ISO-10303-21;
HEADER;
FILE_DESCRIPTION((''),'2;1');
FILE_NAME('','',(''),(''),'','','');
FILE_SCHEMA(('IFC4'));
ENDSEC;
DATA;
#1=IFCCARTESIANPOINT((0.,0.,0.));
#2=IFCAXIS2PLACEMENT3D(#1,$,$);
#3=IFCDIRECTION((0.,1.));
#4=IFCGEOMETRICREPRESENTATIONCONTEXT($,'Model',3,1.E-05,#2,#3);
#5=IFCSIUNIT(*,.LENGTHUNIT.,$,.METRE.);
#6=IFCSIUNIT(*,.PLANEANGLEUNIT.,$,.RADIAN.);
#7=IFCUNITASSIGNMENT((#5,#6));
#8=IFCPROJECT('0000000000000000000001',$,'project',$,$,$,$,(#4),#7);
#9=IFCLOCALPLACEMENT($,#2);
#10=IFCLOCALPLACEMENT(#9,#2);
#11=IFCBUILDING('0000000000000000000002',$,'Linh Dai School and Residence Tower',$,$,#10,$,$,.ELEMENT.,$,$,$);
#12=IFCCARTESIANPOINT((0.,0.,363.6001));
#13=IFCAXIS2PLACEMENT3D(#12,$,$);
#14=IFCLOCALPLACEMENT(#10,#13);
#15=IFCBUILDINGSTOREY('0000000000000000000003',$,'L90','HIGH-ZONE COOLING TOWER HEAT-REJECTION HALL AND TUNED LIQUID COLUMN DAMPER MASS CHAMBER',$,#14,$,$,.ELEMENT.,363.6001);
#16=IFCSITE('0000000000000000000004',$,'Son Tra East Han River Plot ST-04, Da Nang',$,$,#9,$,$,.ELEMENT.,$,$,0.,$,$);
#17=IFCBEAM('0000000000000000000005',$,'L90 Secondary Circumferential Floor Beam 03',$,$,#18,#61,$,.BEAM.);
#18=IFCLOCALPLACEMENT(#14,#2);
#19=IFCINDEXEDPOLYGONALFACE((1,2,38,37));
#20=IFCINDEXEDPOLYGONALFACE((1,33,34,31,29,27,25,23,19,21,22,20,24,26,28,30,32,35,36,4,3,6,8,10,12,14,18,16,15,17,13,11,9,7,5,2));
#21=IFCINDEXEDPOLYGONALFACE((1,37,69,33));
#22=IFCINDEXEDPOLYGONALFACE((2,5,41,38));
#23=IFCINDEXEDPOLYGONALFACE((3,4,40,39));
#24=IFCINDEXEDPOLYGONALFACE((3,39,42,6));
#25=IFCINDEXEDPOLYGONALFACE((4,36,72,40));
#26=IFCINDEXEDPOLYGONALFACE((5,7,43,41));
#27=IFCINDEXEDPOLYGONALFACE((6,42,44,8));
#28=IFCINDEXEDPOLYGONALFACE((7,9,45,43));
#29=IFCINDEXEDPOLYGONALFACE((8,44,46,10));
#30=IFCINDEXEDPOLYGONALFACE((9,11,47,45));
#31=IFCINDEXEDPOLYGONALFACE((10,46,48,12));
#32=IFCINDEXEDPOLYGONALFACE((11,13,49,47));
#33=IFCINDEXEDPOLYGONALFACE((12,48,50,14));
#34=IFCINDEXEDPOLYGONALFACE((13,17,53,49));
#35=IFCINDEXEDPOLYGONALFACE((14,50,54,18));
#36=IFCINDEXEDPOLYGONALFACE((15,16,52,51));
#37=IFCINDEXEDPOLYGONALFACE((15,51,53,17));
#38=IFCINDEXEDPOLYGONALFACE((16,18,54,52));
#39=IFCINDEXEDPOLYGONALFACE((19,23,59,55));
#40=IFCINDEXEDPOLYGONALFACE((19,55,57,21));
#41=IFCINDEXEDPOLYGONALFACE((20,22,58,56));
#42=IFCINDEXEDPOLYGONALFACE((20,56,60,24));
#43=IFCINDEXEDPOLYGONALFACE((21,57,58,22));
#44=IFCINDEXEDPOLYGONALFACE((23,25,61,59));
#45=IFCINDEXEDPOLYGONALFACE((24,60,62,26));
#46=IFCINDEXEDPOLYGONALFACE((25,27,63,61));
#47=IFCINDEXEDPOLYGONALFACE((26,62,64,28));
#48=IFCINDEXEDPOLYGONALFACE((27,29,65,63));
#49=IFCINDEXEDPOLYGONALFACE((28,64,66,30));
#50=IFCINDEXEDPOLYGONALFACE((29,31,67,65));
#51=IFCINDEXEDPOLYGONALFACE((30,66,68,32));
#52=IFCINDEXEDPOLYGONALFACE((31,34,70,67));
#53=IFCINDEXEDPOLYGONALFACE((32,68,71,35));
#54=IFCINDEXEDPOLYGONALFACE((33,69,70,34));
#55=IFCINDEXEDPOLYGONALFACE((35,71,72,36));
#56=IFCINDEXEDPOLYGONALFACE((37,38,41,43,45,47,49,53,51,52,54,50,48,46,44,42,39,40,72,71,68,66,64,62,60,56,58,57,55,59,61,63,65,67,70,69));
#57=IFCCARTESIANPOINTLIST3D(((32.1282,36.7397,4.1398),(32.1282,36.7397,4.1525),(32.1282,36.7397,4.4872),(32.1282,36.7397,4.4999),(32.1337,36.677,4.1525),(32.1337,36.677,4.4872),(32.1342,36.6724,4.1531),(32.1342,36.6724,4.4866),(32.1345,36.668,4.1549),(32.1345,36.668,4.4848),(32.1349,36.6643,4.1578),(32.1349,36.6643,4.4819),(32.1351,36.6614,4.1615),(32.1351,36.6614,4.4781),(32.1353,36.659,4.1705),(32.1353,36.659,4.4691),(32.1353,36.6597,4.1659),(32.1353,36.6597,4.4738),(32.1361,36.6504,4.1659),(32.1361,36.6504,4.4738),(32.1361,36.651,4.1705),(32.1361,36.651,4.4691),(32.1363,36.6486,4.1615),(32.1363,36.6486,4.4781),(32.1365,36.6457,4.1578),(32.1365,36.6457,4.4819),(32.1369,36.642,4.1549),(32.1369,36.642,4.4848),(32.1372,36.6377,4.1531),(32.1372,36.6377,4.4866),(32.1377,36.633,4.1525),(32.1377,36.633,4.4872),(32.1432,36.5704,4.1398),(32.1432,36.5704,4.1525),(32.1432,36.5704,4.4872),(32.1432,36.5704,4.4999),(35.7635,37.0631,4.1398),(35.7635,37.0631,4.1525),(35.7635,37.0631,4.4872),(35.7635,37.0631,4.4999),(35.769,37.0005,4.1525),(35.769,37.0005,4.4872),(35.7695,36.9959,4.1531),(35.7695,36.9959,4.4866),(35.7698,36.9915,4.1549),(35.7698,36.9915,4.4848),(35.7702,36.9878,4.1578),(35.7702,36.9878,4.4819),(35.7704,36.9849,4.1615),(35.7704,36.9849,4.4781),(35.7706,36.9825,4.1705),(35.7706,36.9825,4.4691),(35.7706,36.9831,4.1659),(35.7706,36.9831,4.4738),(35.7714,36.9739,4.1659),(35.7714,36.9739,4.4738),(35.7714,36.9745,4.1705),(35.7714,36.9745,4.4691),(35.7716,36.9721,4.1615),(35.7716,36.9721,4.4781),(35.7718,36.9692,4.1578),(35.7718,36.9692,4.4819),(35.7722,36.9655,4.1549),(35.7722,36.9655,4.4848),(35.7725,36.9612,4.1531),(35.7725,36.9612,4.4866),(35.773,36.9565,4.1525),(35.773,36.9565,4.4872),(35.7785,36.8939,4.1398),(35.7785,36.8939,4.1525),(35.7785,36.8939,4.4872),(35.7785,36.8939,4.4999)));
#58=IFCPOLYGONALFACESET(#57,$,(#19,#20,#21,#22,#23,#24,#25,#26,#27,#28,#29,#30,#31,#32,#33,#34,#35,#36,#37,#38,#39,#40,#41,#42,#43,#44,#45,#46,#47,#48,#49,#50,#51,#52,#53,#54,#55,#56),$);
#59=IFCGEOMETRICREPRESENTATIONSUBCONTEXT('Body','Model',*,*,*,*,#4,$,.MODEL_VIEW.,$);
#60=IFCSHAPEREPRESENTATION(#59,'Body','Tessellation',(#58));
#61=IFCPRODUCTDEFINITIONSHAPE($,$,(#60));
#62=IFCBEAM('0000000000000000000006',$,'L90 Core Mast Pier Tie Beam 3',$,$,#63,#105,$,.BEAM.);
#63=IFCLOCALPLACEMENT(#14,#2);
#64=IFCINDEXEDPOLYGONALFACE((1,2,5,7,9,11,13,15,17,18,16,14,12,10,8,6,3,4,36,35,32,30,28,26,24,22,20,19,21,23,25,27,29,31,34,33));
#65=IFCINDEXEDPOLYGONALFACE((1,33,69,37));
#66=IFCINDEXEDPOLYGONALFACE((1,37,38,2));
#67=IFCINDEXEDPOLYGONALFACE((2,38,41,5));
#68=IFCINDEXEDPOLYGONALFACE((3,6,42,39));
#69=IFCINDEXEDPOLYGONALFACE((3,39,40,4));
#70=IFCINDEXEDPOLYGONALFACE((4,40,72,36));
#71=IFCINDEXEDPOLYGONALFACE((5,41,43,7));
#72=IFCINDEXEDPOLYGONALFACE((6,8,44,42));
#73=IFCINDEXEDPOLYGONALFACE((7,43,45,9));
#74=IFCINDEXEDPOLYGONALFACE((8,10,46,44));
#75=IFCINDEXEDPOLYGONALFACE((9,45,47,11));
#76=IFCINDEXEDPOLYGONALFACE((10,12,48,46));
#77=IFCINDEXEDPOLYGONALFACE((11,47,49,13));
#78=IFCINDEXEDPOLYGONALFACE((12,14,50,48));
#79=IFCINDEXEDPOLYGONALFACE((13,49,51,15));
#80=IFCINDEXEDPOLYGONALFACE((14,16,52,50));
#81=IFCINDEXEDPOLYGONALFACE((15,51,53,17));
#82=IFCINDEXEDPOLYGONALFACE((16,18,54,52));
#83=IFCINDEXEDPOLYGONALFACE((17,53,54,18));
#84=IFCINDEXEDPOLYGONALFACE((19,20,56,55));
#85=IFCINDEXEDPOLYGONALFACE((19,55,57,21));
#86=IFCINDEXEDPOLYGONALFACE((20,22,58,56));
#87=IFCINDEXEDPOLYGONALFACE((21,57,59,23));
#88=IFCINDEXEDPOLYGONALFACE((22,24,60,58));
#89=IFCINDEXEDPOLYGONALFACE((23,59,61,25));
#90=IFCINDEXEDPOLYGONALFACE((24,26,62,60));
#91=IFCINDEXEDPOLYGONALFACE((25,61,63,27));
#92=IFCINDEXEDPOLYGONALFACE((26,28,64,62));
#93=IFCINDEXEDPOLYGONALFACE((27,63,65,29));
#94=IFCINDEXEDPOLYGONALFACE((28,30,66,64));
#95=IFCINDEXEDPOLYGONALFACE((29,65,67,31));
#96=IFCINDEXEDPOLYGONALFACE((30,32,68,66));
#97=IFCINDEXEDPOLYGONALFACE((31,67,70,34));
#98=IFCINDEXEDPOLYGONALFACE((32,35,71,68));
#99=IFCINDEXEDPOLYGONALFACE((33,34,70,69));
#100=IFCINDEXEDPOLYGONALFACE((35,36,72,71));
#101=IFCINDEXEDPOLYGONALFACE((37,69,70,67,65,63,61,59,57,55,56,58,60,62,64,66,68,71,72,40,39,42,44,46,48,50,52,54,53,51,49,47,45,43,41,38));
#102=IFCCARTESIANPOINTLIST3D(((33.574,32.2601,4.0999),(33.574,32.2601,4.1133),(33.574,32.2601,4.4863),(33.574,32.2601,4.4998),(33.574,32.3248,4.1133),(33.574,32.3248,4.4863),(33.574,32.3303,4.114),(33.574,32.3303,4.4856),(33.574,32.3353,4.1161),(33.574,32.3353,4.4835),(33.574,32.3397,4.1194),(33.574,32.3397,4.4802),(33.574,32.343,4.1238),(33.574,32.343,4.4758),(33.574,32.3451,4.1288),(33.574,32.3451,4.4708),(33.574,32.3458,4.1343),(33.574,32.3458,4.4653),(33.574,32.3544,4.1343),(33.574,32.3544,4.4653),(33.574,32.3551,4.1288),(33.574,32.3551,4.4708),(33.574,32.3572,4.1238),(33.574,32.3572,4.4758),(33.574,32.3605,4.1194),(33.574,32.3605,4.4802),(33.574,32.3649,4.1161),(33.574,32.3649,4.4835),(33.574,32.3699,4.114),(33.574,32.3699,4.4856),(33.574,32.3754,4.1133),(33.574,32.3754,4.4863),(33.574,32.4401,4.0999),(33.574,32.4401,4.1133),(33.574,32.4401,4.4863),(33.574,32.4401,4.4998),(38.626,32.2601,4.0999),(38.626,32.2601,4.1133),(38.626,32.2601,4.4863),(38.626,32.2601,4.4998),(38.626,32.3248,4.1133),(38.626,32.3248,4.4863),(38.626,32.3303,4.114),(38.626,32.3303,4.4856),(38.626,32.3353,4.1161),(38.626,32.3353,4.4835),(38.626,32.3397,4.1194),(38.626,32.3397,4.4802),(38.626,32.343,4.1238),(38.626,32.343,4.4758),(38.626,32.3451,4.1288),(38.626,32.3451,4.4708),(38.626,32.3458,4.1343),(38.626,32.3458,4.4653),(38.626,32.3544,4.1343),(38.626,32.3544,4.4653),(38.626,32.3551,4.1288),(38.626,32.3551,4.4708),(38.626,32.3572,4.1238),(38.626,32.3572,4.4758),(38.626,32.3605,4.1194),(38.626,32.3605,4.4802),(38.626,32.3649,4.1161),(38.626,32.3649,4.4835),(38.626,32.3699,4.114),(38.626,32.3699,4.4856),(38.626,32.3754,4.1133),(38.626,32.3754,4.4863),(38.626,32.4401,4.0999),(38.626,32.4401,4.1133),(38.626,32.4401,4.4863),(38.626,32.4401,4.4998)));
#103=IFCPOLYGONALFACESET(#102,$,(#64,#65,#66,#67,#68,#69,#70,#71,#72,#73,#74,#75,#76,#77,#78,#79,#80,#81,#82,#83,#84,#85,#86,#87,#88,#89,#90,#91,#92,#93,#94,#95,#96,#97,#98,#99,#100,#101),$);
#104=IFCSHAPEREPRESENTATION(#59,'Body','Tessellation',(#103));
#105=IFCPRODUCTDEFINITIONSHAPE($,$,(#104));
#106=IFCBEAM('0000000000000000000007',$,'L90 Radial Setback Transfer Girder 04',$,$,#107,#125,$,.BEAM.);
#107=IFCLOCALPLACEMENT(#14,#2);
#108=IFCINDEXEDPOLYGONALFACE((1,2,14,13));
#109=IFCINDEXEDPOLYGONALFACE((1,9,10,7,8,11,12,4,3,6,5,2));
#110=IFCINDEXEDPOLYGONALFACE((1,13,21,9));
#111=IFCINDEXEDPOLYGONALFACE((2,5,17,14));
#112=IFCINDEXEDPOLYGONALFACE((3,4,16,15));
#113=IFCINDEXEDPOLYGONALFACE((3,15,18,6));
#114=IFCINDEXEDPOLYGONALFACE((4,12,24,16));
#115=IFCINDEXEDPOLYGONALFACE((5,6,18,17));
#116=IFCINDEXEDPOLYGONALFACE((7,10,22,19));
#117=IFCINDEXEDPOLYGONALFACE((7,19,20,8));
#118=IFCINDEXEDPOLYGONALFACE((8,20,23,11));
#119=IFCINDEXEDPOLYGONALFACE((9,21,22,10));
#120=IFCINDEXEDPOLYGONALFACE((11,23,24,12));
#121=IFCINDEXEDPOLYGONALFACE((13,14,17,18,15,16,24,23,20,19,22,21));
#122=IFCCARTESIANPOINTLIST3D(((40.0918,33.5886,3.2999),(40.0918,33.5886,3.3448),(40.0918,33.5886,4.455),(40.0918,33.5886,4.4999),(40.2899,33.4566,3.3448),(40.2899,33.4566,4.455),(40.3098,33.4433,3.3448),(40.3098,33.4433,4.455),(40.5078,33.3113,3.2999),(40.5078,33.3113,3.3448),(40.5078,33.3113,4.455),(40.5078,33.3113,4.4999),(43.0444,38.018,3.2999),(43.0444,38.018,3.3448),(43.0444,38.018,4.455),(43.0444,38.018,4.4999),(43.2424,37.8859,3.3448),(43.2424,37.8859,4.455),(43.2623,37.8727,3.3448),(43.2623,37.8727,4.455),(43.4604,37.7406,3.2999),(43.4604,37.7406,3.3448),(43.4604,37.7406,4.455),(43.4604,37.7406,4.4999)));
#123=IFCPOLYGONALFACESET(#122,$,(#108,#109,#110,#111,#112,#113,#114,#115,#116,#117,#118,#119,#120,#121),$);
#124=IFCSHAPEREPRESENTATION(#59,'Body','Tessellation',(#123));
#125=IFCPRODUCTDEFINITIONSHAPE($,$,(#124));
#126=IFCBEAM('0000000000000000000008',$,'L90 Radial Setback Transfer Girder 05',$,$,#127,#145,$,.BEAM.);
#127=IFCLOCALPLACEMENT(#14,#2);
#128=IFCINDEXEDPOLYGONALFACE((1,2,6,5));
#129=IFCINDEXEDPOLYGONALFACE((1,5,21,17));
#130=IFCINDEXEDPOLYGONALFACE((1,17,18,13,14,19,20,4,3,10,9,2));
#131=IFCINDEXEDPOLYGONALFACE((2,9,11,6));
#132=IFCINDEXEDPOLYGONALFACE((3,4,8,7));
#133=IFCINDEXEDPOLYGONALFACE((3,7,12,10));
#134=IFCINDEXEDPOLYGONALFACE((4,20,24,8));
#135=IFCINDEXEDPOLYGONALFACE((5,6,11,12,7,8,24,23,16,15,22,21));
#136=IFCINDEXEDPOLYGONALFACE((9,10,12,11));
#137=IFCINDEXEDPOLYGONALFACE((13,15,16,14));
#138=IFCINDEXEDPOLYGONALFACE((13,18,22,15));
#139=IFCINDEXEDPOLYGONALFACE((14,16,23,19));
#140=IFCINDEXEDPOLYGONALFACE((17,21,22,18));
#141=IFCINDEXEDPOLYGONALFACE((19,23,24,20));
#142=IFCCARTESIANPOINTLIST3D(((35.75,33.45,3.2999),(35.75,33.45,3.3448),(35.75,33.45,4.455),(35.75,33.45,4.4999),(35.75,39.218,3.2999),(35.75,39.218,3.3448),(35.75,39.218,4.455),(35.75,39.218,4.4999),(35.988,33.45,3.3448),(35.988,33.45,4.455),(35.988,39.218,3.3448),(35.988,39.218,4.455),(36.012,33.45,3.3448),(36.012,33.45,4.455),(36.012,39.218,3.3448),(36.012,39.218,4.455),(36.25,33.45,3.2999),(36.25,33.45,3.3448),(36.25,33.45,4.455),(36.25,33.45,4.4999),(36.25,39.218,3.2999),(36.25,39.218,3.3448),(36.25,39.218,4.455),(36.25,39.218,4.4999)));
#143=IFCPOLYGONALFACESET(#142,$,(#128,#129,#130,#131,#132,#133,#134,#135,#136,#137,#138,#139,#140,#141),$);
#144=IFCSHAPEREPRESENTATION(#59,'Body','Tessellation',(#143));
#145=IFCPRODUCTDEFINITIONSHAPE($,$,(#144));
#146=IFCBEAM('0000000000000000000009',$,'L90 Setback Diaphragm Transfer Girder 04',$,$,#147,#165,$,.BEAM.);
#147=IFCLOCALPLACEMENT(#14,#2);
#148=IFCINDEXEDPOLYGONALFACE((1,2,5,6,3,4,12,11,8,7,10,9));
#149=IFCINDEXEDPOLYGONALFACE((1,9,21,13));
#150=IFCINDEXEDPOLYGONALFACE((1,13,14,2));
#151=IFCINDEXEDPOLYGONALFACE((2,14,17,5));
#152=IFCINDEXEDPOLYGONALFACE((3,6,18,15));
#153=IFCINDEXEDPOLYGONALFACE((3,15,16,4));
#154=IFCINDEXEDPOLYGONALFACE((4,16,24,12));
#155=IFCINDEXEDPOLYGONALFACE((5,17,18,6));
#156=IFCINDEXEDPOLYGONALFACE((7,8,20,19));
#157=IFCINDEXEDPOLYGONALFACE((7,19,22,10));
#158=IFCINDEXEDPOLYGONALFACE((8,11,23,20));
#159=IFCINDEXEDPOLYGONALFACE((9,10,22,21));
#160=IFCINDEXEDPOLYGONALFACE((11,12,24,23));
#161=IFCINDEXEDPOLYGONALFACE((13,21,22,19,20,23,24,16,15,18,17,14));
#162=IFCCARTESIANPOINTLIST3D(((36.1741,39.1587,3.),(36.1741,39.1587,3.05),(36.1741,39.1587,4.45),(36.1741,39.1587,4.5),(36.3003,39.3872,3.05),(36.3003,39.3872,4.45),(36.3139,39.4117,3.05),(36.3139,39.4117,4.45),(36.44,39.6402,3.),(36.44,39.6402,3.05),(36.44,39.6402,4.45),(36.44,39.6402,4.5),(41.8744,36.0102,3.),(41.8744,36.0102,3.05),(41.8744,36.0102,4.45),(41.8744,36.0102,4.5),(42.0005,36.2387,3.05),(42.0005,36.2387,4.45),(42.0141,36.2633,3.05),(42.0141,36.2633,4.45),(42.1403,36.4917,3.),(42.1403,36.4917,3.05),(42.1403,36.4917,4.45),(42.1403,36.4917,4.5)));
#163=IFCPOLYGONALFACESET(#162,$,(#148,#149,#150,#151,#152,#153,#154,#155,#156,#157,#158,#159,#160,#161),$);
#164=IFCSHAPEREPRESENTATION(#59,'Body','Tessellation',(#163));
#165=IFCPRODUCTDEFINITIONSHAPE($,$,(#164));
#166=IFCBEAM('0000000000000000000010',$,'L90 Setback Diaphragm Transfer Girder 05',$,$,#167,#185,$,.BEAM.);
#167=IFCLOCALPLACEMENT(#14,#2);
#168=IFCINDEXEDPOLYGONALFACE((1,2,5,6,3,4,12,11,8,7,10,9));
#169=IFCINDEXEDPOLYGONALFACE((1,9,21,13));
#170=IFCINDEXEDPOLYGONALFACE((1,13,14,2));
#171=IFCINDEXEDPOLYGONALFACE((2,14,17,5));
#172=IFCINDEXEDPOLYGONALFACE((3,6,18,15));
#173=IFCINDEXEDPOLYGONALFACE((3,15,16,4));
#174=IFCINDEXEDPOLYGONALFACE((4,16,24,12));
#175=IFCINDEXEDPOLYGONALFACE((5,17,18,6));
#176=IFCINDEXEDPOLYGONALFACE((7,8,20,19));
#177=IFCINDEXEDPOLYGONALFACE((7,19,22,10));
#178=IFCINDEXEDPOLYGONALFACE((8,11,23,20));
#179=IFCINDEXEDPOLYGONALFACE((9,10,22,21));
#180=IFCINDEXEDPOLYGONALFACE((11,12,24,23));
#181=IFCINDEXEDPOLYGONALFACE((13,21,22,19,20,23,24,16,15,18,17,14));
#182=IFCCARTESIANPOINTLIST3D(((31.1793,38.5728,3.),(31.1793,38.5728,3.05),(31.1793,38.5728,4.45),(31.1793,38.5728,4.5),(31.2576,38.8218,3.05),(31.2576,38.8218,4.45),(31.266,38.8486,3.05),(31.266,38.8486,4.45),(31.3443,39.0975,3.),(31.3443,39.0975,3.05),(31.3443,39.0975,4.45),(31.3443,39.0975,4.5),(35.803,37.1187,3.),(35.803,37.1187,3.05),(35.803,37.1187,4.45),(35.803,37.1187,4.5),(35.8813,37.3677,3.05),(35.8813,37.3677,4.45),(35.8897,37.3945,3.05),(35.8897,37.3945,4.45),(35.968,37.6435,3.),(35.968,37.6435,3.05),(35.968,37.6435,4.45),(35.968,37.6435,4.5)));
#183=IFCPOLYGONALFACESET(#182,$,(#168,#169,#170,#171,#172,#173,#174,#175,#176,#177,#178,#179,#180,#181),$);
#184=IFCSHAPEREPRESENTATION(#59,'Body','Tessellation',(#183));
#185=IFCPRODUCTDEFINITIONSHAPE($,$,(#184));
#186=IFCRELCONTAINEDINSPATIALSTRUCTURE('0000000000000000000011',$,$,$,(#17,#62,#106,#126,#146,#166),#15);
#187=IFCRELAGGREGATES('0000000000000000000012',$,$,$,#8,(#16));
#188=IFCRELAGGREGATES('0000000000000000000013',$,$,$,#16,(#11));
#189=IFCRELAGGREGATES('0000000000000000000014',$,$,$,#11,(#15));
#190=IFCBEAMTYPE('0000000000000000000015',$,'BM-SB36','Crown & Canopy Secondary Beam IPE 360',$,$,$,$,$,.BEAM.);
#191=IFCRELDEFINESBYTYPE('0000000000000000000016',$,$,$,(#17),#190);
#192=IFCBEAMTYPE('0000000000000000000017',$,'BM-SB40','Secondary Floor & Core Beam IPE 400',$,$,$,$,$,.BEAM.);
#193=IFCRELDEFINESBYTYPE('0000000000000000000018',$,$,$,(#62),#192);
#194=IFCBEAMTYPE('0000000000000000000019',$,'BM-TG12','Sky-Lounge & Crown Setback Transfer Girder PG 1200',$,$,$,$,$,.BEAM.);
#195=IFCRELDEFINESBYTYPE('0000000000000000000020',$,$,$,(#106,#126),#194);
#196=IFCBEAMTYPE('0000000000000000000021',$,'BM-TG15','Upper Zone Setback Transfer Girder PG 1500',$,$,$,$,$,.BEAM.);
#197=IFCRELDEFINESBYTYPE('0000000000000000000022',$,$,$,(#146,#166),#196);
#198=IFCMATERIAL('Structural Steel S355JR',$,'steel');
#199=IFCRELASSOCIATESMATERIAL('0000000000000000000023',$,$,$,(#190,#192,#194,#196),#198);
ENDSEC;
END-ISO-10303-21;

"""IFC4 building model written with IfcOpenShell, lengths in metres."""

from ifc_helpers import new_model, si_unit, direction, frame, origin, origin_2d, place, context, subcontext, project, spatial, i_section, extrude, material, material_profile, profile_set, type_object, element, save


model = new_model("IFC4")

# Units and contexts
model_context = context("Model", 3, precision=1e-05, world=origin(), true_north=direction((0.0, 1.0)))
body_context = subcontext(model_context, "Body", "Model", "MODEL_VIEW")
ifc_project = project(units=[si_unit("LENGTHUNIT", "METRE"), si_unit("PLANEANGLEUNIT", "RADIAN")], contexts=[model_context])

# Site, building, storey
site_placement = place(None, origin())
site = spatial("IfcSite", under=ifc_project, at=site_placement, Name="Son Tra East Han River Plot ST-04, Da Nang", CompositionType="ELEMENT", RefElevation=0.0)
building_placement = place(site_placement, origin())
building = spatial("IfcBuilding", under=site, at=building_placement, Name="Linh Dai School and Residence Tower", CompositionType="ELEMENT")
storey_placement = place(building_placement, frame((0.0, 0.0, 363.6001)))
storey = spatial("IfcBuildingStorey", under=building, at=storey_placement, Name="L90", Description="HIGH-ZONE COOLING TOWER HEAT-REJECTION HALL AND TUNED LIQUID COLUMN DAMPER MASS CHAMBER", CompositionType="ELEMENT", Elevation=363.6001)

# Shared definitions
ifc_material_1 = material(Name="Structural Steel S355JR", Category="steel")

# Beams
ifc_material_profile_1 = material_profile(ifc_material_1, i_section(OverallWidth=0.1699, OverallDepth=0.3601, WebThickness=0.0081, FlangeThickness=0.0127, FilletRadius=0.0181, at=origin_2d()), Name="IPE 360")
ifc_profile_set_1 = profile_set([ifc_material_profile_1], Name="Structural Steel S355JR")
beam_type_1 = type_object("IfcBeamType", Name="BM-SB36", Description="Crown & Canopy Secondary Beam IPE 360", PredefinedType="BEAM", material=ifc_profile_set_1)
beam_1_placement = place(storey_placement, frame((35.771, 36.9785, 4.3198), z_axis=(-0.996064, -0.088636, 0.0), x_axis=(0.088636, -0.996064, 0.0)))
element("IfcBeam", 1, at=beam_1_placement, inside=storey, type_object=beam_type_1, Name="L90 Secondary Circumferential Floor Beam 03", PredefinedType="BEAM", context=body_context, shape_type="SweptSolid", body=[
    extrude(i_section(OverallWidth=0.1699, OverallDepth=0.3601, WebThickness=0.0081, FlangeThickness=0.0127, FilletRadius=0.0181, at=origin_2d()), origin(), (0.0, 0.0, 1.0), 3.6497),
])
ifc_material_profile_2 = material_profile(ifc_material_1, i_section(OverallWidth=0.1799, OverallDepth=0.3999, WebThickness=0.0085, FlangeThickness=0.0134, FilletRadius=0.021, at=origin_2d()), Name="IPE 400")
ifc_profile_set_2 = profile_set([ifc_material_profile_2], Name="Structural Steel S355JR")
beam_type_2 = type_object("IfcBeamType", Name="BM-SB40", Description="Secondary Floor & Core Beam IPE 400", PredefinedType="BEAM", material=ifc_profile_set_2)
beam_2_placement = place(storey_placement, frame((38.626, 32.3501, 4.2998), z_axis=(-1.0, 0.0, 0.0), x_axis=(0.0, -1.0, 0.0)))
element("IfcBeam", 2, at=beam_2_placement, inside=storey, type_object=beam_type_2, Name="L90 Core Mast Pier Tie Beam 3", PredefinedType="BEAM", context=body_context, shape_type="SweptSolid", body=[
    extrude(i_section(OverallWidth=0.1799, OverallDepth=0.3999, WebThickness=0.0085, FlangeThickness=0.0134, FilletRadius=0.021, at=origin_2d()), origin(), (0.0, 0.0, 1.0), 5.052),
])
ifc_material_profile_3 = material_profile(ifc_material_1, i_section(OverallWidth=0.5, OverallDepth=1.2, WebThickness=0.0239, FlangeThickness=0.0449, at=origin_2d()), Name="PG 1200x500x24x45")
ifc_profile_set_3 = profile_set([ifc_material_profile_3], Name="Structural Steel S355JR")
beam_type_3 = type_object("IfcBeamType", Name="BM-TG12", Description="Sky-Lounge & Crown Setback Transfer Girder PG 1200", PredefinedType="BEAM", material=ifc_profile_set_3)
beam_3_placement = place(storey_placement, frame((40.2998, 33.45, 3.8999), z_axis=(0.554658, 0.832079, 0.0), x_axis=(-0.832079, 0.554658, 0.0)))
element("IfcBeam", 3, at=beam_3_placement, inside=storey, type_object=beam_type_3, Name="L90 Radial Setback Transfer Girder 04", PredefinedType="BEAM", context=body_context, shape_type="SweptSolid", body=[
    extrude(i_section(OverallWidth=0.5, OverallDepth=1.2, WebThickness=0.0239, FlangeThickness=0.0449, at=origin_2d()), origin(), (0.0, 0.0, 1.0), 5.3232),
])
beam_4_placement = place(storey_placement, frame((36.0, 33.45, 3.8999), z_axis=(0.0, 1.0, 0.0), x_axis=(-1.0, 0.0, 0.0)))
element("IfcBeam", 4, at=beam_4_placement, inside=storey, type_object=beam_type_3, Name="L90 Radial Setback Transfer Girder 05", PredefinedType="BEAM", context=body_context, shape_type="SweptSolid", body=[
    extrude(i_section(OverallWidth=0.5, OverallDepth=1.2, WebThickness=0.0239, FlangeThickness=0.0449, at=origin_2d()), origin(), (0.0, 0.0, 1.0), 5.7681),
])
ifc_material_profile_4 = material_profile(ifc_material_1, i_section(OverallWidth=0.55, OverallDepth=1.5, WebThickness=0.0281, FlangeThickness=0.05, at=origin_2d()), Name="PG 1500x550x28x50")
ifc_profile_set_4 = profile_set([ifc_material_profile_4], Name="Structural Steel S355JR")
beam_type_4 = type_object("IfcBeamType", Name="BM-TG15", Description="Upper Zone Setback Transfer Girder PG 1500", PredefinedType="BEAM", material=ifc_profile_set_4)
beam_5_placement = place(storey_placement, frame((42.0073, 36.251, 3.75), z_axis=(-0.87535, 0.48349, 0.0), x_axis=(-0.48349, -0.87535, 0.0)))
element("IfcBeam", 5, at=beam_5_placement, inside=storey, type_object=beam_type_4, Name="L90 Setback Diaphragm Transfer Girder 04", PredefinedType="BEAM", context=body_context, shape_type="SweptSolid", body=[
    extrude(i_section(OverallWidth=0.55, OverallDepth=1.5, WebThickness=0.0281, FlangeThickness=0.05, at=origin_2d()), origin(), (0.0, 0.0, 1.0), 6.512),
])
beam_6_placement = place(storey_placement, frame((35.8855, 37.3811, 3.75), z_axis=(-0.95394, 0.299998, 0.0), x_axis=(-0.299998, -0.95394, 0.0)))
element("IfcBeam", 6, at=beam_6_placement, inside=storey, type_object=beam_type_4, Name="L90 Setback Diaphragm Transfer Girder 05", PredefinedType="BEAM", context=body_context, shape_type="SweptSolid", body=[
    extrude(i_section(OverallWidth=0.55, OverallDepth=1.5, WebThickness=0.0281, FlangeThickness=0.05, at=origin_2d()), origin(), (0.0, 0.0, 1.0), 4.8469),
])

save(model, "model.ifc")
